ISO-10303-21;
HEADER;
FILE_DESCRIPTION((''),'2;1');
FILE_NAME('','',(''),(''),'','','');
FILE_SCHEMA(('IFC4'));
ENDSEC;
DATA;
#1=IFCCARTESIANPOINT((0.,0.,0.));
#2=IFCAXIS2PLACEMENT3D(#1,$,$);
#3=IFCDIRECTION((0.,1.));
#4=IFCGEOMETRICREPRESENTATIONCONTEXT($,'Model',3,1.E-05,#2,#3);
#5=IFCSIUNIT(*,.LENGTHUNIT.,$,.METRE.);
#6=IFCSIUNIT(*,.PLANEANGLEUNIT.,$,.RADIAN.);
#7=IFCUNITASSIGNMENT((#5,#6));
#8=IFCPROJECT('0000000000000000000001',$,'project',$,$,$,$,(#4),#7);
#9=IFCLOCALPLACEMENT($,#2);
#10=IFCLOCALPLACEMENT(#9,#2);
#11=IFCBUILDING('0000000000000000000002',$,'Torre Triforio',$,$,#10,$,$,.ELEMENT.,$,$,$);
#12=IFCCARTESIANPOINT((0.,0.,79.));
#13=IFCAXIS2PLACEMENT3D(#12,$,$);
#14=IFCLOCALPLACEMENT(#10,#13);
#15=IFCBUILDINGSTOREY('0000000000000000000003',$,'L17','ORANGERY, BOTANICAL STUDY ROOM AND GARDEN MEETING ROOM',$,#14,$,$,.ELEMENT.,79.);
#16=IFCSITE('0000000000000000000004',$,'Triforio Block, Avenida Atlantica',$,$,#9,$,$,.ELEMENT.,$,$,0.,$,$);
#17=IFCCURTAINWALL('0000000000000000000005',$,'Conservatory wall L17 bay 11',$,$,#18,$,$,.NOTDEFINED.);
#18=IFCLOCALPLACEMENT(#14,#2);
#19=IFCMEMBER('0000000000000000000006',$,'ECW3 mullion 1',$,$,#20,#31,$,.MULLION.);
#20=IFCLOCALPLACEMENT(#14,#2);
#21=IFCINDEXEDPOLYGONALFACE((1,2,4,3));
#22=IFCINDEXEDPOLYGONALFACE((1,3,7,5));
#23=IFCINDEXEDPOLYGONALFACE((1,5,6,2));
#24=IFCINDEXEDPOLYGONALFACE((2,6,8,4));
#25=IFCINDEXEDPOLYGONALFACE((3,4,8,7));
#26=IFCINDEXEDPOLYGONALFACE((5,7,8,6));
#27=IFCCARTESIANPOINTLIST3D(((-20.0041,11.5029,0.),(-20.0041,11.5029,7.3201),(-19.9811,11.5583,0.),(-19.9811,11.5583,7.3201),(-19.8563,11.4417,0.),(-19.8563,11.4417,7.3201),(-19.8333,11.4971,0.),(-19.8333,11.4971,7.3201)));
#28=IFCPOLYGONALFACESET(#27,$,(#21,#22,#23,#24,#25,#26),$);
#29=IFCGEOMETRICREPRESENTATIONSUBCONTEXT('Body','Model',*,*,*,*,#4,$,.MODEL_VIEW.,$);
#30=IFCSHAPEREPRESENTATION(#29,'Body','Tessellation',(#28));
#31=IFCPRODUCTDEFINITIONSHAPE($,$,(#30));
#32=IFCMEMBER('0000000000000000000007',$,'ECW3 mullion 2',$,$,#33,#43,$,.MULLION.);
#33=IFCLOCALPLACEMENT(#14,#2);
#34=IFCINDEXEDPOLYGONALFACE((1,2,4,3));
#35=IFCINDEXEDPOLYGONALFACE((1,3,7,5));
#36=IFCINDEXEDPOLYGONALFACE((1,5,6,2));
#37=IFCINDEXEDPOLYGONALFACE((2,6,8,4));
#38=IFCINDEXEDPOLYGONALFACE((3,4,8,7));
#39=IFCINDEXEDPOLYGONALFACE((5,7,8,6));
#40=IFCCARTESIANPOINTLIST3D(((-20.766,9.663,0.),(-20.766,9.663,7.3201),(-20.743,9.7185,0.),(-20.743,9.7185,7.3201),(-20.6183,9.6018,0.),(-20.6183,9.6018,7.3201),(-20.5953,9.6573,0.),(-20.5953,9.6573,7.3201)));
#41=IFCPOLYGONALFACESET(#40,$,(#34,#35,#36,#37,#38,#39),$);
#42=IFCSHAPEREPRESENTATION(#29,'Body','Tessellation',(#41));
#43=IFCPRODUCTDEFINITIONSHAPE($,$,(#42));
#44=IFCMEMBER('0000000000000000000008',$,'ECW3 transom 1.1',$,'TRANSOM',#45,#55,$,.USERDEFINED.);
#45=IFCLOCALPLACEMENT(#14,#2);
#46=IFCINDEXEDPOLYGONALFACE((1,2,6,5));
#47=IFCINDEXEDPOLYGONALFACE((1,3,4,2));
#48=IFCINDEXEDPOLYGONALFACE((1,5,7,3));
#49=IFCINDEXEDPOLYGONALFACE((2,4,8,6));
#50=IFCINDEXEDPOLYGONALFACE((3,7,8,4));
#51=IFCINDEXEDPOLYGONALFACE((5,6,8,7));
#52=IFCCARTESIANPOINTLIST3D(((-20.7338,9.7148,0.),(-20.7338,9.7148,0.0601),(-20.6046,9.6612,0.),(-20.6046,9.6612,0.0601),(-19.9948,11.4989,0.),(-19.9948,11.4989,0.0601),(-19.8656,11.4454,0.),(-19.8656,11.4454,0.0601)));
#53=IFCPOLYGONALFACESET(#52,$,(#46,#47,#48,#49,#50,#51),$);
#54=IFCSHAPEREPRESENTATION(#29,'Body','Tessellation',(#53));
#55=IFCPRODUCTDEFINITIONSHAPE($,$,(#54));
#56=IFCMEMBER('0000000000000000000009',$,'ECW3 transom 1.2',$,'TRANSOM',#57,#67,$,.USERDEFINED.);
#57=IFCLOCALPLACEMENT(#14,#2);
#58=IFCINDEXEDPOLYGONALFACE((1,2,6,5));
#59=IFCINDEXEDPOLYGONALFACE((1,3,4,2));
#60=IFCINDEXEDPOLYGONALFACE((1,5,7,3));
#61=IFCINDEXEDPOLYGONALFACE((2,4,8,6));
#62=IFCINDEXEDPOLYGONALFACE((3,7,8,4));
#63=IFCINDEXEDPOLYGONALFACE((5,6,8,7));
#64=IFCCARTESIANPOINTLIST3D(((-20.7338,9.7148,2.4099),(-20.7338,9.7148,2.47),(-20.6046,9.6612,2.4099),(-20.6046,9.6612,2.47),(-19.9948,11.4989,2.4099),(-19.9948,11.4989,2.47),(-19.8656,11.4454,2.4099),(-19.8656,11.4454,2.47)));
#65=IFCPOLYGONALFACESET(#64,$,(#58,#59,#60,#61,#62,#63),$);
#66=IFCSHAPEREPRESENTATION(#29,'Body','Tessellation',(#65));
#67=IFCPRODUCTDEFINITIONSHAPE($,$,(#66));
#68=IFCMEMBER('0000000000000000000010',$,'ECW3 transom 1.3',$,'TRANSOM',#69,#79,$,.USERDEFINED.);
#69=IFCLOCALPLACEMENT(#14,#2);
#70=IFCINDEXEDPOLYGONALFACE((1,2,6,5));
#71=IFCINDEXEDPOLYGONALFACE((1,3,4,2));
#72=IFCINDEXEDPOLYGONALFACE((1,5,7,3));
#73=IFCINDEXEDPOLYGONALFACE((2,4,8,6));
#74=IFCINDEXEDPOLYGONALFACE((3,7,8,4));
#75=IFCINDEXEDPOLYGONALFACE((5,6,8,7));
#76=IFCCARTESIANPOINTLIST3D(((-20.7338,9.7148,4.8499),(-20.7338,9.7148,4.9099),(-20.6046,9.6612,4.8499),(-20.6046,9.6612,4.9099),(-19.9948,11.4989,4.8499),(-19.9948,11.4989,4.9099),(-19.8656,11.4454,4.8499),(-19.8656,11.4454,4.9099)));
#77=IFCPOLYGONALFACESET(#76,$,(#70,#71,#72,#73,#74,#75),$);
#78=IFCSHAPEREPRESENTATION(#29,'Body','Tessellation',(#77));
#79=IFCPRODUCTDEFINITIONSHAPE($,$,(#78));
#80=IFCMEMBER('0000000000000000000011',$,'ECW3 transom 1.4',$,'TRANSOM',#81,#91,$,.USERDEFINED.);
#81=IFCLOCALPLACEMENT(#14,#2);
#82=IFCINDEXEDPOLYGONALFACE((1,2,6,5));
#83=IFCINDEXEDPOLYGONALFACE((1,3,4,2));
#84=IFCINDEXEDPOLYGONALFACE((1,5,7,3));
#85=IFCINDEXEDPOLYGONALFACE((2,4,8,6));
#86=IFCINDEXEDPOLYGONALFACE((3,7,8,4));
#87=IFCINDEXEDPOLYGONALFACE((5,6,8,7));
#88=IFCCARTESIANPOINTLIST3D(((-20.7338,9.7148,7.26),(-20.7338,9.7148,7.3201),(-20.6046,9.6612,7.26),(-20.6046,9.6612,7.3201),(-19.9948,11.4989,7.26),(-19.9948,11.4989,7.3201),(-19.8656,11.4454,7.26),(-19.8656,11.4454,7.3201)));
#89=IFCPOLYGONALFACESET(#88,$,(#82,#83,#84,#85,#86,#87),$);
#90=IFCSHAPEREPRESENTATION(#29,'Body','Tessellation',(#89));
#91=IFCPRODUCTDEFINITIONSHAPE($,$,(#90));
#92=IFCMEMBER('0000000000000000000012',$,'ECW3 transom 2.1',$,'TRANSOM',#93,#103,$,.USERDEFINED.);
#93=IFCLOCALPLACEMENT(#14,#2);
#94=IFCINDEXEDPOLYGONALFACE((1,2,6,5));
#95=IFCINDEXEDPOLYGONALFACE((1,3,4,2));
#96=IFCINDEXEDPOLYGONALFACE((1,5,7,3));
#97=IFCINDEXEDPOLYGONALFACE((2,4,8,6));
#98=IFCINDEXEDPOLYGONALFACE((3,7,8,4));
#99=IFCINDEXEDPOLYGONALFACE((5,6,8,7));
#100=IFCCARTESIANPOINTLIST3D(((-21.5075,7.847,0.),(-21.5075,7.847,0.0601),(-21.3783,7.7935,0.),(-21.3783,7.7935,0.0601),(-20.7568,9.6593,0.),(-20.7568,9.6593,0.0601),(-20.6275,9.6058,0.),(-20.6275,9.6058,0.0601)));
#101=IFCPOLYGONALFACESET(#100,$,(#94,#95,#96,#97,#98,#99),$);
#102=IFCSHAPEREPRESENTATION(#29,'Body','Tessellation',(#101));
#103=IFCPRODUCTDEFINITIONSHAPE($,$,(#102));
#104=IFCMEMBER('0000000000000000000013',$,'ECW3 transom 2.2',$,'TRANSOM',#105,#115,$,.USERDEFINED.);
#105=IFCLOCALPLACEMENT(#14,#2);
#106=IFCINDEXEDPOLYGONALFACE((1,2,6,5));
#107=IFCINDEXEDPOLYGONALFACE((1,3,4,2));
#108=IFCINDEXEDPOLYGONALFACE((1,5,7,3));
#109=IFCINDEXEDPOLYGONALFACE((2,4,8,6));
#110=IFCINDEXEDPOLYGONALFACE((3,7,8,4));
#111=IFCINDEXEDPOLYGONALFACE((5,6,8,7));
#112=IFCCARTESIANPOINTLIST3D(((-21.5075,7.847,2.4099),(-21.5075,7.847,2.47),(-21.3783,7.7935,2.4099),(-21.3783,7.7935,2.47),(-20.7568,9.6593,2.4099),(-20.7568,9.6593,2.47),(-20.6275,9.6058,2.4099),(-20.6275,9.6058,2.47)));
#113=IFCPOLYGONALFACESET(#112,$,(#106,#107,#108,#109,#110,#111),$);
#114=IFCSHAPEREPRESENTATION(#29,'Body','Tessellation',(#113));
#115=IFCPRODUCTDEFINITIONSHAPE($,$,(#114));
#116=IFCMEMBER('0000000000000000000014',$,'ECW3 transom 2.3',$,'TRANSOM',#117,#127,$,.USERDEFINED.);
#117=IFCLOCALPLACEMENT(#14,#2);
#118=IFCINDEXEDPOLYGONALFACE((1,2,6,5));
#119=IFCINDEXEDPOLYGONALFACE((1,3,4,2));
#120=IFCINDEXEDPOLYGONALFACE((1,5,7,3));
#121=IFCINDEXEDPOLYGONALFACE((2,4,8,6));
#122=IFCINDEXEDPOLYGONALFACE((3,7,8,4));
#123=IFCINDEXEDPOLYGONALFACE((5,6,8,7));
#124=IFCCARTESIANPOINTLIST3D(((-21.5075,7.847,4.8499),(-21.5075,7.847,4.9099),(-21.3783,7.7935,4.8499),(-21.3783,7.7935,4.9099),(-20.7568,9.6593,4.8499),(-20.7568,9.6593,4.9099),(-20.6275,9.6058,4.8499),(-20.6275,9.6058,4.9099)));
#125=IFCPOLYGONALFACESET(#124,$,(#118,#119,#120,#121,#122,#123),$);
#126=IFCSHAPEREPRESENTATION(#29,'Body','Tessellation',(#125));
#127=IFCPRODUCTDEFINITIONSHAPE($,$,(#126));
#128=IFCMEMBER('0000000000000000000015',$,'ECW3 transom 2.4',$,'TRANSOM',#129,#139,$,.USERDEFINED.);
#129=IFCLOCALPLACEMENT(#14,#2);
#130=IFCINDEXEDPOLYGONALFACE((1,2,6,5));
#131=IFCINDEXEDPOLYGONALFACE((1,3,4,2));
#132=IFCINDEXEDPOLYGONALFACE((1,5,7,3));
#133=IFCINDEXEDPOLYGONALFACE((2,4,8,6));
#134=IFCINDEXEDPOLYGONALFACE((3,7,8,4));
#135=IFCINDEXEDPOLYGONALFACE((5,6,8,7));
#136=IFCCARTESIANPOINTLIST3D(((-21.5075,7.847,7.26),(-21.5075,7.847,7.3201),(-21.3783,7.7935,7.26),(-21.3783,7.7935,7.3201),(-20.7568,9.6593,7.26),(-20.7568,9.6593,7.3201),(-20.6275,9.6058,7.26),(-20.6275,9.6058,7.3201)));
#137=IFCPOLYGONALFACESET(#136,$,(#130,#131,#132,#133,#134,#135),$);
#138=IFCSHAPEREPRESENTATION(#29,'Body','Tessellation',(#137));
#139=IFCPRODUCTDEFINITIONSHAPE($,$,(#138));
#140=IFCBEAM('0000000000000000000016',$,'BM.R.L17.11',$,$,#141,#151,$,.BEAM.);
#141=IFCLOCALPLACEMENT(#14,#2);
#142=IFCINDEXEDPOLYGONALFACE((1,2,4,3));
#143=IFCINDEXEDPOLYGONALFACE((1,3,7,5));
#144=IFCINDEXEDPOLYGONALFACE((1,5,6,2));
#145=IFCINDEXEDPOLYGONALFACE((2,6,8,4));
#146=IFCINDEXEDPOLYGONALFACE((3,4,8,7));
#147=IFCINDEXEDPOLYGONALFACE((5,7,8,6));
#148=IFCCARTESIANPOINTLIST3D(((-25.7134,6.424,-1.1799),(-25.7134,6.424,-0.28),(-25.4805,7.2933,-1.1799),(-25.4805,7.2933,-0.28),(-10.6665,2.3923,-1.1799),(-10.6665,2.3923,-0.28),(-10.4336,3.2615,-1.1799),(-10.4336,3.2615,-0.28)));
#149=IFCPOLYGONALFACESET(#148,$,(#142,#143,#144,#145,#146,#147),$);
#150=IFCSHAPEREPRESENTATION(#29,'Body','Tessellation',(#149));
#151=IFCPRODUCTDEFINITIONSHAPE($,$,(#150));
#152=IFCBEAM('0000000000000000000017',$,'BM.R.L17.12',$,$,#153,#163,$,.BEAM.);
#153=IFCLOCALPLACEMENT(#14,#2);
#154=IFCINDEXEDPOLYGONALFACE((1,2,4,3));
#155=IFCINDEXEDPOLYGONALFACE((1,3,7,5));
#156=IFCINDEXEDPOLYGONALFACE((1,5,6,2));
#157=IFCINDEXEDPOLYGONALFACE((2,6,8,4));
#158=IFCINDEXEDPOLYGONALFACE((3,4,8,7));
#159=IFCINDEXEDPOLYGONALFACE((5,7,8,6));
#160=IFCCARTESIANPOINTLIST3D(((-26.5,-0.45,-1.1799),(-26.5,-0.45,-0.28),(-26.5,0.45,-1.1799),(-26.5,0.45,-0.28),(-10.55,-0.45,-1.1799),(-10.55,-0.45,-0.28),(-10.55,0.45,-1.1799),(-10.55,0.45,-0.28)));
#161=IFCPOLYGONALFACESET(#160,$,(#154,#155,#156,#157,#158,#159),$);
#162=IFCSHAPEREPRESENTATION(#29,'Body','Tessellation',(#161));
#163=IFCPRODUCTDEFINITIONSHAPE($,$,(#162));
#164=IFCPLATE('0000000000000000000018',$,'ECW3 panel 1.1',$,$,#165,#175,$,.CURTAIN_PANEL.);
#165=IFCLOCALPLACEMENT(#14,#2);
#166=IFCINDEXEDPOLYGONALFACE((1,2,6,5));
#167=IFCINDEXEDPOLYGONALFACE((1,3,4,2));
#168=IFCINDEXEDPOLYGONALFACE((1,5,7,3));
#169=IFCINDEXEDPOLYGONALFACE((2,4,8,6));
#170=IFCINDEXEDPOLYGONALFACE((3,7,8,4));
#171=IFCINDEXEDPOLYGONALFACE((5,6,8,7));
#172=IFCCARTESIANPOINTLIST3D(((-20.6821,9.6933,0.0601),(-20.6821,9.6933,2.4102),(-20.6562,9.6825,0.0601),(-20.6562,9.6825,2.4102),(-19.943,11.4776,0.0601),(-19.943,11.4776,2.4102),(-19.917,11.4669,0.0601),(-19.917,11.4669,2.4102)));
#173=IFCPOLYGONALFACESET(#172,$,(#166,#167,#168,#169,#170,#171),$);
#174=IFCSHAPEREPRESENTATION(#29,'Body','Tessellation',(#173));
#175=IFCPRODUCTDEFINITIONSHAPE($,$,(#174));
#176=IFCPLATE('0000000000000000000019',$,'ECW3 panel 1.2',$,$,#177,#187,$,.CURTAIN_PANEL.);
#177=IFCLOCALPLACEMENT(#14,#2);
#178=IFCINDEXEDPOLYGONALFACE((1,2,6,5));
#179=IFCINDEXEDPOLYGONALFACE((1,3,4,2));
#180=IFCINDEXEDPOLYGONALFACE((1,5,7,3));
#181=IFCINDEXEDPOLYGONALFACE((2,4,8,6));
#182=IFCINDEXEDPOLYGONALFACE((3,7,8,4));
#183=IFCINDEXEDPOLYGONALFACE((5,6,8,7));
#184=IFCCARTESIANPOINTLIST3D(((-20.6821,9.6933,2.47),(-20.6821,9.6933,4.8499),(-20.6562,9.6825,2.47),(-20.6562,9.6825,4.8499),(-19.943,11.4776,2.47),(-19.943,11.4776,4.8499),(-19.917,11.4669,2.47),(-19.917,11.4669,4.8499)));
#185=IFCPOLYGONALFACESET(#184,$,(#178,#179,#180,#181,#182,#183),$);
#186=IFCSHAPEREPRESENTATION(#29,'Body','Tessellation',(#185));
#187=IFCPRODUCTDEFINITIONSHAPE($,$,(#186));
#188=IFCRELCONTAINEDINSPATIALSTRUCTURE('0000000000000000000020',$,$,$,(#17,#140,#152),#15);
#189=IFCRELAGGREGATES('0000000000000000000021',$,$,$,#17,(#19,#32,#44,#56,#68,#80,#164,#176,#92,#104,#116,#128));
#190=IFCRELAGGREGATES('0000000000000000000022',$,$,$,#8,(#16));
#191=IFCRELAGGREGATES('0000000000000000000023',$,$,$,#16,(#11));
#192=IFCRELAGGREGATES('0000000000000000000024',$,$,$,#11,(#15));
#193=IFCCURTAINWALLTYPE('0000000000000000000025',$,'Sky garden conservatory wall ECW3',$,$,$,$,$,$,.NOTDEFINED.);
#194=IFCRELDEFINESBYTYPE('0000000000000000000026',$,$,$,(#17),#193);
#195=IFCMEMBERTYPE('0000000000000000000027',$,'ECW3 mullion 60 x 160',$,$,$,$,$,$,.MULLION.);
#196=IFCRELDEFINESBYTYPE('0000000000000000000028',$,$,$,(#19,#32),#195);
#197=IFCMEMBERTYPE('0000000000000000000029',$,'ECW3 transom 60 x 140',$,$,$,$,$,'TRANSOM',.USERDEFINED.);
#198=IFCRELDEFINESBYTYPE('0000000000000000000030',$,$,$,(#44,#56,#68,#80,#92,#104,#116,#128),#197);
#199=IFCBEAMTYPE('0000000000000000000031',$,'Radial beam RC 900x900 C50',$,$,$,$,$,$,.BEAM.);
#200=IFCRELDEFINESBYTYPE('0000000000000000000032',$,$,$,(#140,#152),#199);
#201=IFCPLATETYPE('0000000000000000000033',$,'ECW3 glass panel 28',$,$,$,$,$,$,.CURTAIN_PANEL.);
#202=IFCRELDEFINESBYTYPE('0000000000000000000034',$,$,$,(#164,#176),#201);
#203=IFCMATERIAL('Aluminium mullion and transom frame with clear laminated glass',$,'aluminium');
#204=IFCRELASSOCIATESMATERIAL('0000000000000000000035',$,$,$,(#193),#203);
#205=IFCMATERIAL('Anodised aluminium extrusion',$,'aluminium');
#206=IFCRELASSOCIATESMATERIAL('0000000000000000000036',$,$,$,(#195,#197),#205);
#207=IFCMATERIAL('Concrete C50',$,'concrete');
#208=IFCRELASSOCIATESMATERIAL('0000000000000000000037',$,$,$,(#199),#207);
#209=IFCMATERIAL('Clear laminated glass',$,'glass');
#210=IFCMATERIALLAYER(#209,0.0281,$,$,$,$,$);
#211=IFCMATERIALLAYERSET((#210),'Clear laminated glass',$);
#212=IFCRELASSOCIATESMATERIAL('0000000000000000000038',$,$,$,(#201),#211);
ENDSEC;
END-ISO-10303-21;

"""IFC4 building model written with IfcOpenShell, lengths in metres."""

from ifc_helpers import new_model, si_unit, direction, frame, origin, origin_2d, place, context, subcontext, project, spatial, rectangle, extrude, material, layer, layer_set, material_profile, profile_set, type_object, element, aggregate, save


model = new_model("IFC4")

# Units and contexts
model_context = context("Model", 3, precision=1e-05, world=origin(), true_north=direction((0.0, 1.0)))
body_context = subcontext(model_context, "Body", "Model", "MODEL_VIEW")
ifc_project = project(units=[si_unit("LENGTHUNIT", "METRE"), si_unit("PLANEANGLEUNIT", "RADIAN")], contexts=[model_context])

# Site, building, storey
site_placement = place(None, origin())
site = spatial("IfcSite", under=ifc_project, at=site_placement, Name="Triforio Block, Avenida Atlantica", CompositionType="ELEMENT", RefElevation=0.0)
building_placement = place(site_placement, origin())
building = spatial("IfcBuilding", under=site, at=building_placement, Name="Torre Triforio", CompositionType="ELEMENT")
storey_placement = place(building_placement, frame((0.0, 0.0, 79.0)))
storey = spatial("IfcBuildingStorey", under=building, at=storey_placement, Name="L17", Description="ORANGERY, BOTANICAL STUDY ROOM AND GARDEN MEETING ROOM", CompositionType="ELEMENT", Elevation=79.0)

# Curtain wall, members
ifc_material_1 = material(Name="Aluminium mullion and transom frame with clear laminated glass", Category="aluminium")
curtain_wall_type = type_object("IfcCurtainWallType", Name="Sky garden conservatory wall ECW3", PredefinedType="NOTDEFINED", material=ifc_material_1)
curtain_wall_placement = place(storey_placement, origin())
curtain_wall = element("IfcCurtainWall", 1, at=curtain_wall_placement, inside=storey, type_object=curtain_wall_type, Name="Conservatory wall L17 bay 11", PredefinedType="NOTDEFINED")
ifc_material_2 = material(Name="Anodised aluminium extrusion", Category="aluminium")
ifc_material_profile_1 = material_profile(ifc_material_2, rectangle(XDim=0.1599, YDim=0.0601, at=origin_2d()), Name="ECW3 MULLION 60x160")
ifc_profile_set_1 = profile_set([ifc_material_profile_1], Name="Anodised aluminium extrusion")
member_type_1 = type_object("IfcMemberType", Name="ECW3 mullion 60 x 160", PredefinedType="MULLION", material=ifc_profile_set_1)
member_1_placement = place(storey_placement, frame((-19.9187, 11.5, 0.0), z_axis=(0.0, 0.0, 1.0), x_axis=(0.923878, -0.382687, 0.0)))
member_1 = element("IfcMember", 2, at=member_1_placement, type_object=member_type_1, Name="ECW3 mullion 1", PredefinedType="MULLION", context=body_context, shape_type="SweptSolid", body=[
    extrude(rectangle(XDim=0.1599, YDim=0.0601, at=origin_2d()), origin(), (0.0, 0.0, 1.0), 7.3201),
])
member_2_placement = place(storey_placement, frame((-20.6807, 9.6602, 0.0), z_axis=(0.0, 0.0, 1.0), x_axis=(0.923878, -0.382687, 0.0)))
member_2 = element("IfcMember", 3, at=member_2_placement, type_object=member_type_1, Name="ECW3 mullion 2", PredefinedType="MULLION", context=body_context, shape_type="SweptSolid", body=[
    extrude(rectangle(XDim=0.1599, YDim=0.0601, at=origin_2d()), origin(), (0.0, 0.0, 1.0), 7.3201),
])
ifc_material_profile_2 = material_profile(ifc_material_2, rectangle(XDim=0.1399, YDim=0.0601, at=origin_2d()), Name="ECW3 TRANSOM 60x140")
ifc_profile_set_2 = profile_set([ifc_material_profile_2], Name="Anodised aluminium extrusion")
member_type_2 = type_object("IfcMemberType", Name="ECW3 transom 60 x 140", ElementType="TRANSOM", PredefinedType="USERDEFINED", material=ifc_profile_set_2)
member_3_placement = place(storey_placement, frame((-19.9302, 11.4722, 0.03), z_axis=(-0.382676, -0.923883, 0.0), x_axis=(0.923883, -0.382676, 0.0)))
member_3 = element("IfcMember", 4, at=member_3_placement, type_object=member_type_2, Name="ECW3 transom 1.1", ObjectType="TRANSOM", PredefinedType="USERDEFINED", context=body_context, shape_type="SweptSolid", body=[
    extrude(rectangle(XDim=0.1399, YDim=0.0601, at=origin_2d()), origin(), (0.0, 0.0, 1.0), 1.9312),
])
member_4_placement = place(storey_placement, frame((-19.9302, 11.4722, 2.4399), z_axis=(-0.382676, -0.923883, 0.0), x_axis=(0.923883, -0.382676, 0.0)))
member_4 = element("IfcMember", 5, at=member_4_placement, type_object=member_type_2, Name="ECW3 transom 1.2", ObjectType="TRANSOM", PredefinedType="USERDEFINED", context=body_context, shape_type="SweptSolid", body=[
    extrude(rectangle(XDim=0.1399, YDim=0.0601, at=origin_2d()), origin(), (0.0, 0.0, 1.0), 1.9312),
])
member_5_placement = place(storey_placement, frame((-19.9302, 11.4722, 4.8799), z_axis=(-0.382676, -0.923883, 0.0), x_axis=(0.923883, -0.382676, 0.0)))
member_5 = element("IfcMember", 6, at=member_5_placement, type_object=member_type_2, Name="ECW3 transom 1.3", ObjectType="TRANSOM", PredefinedType="USERDEFINED", context=body_context, shape_type="SweptSolid", body=[
    extrude(rectangle(XDim=0.1399, YDim=0.0601, at=origin_2d()), origin(), (0.0, 0.0, 1.0), 1.9312),
])
member_6_placement = place(storey_placement, frame((-19.9302, 11.4722, 7.29), z_axis=(-0.382676, -0.923883, 0.0), x_axis=(0.923883, -0.382676, 0.0)))
member_6 = element("IfcMember", 7, at=member_6_placement, type_object=member_type_2, Name="ECW3 transom 1.4", ObjectType="TRANSOM", PredefinedType="USERDEFINED", context=body_context, shape_type="SweptSolid", body=[
    extrude(rectangle(XDim=0.1399, YDim=0.0601, at=origin_2d()), origin(), (0.0, 0.0, 1.0), 1.9312),
])
member_7_placement = place(storey_placement, frame((-20.6921, 9.6326, 0.03), z_axis=(-0.382715, -0.923867, 0.0), x_axis=(0.923867, -0.382715, 0.0)))
member_7 = element("IfcMember", 8, at=member_7_placement, type_object=member_type_2, Name="ECW3 transom 2.1", ObjectType="TRANSOM", PredefinedType="USERDEFINED", context=body_context, shape_type="SweptSolid", body=[
    extrude(rectangle(XDim=0.1399, YDim=0.0601, at=origin_2d()), origin(), (0.0, 0.0, 1.0), 1.9617),
])
member_8_placement = place(storey_placement, frame((-20.6921, 9.6326, 2.4399), z_axis=(-0.382715, -0.923867, 0.0), x_axis=(0.923867, -0.382715, 0.0)))
member_8 = element("IfcMember", 9, at=member_8_placement, type_object=member_type_2, Name="ECW3 transom 2.2", ObjectType="TRANSOM", PredefinedType="USERDEFINED", context=body_context, shape_type="SweptSolid", body=[
    extrude(rectangle(XDim=0.1399, YDim=0.0601, at=origin_2d()), origin(), (0.0, 0.0, 1.0), 1.9617),
])
member_9_placement = place(storey_placement, frame((-20.6921, 9.6326, 4.8799), z_axis=(-0.382715, -0.923867, 0.0), x_axis=(0.923867, -0.382715, 0.0)))
member_9 = element("IfcMember", 10, at=member_9_placement, type_object=member_type_2, Name="ECW3 transom 2.3", ObjectType="TRANSOM", PredefinedType="USERDEFINED", context=body_context, shape_type="SweptSolid", body=[
    extrude(rectangle(XDim=0.1399, YDim=0.0601, at=origin_2d()), origin(), (0.0, 0.0, 1.0), 1.9617),
])
member_10_placement = place(storey_placement, frame((-20.6921, 9.6326, 7.29), z_axis=(-0.382715, -0.923867, 0.0), x_axis=(0.923867, -0.382715, 0.0)))
member_10 = element("IfcMember", 11, at=member_10_placement, type_object=member_type_2, Name="ECW3 transom 2.4", ObjectType="TRANSOM", PredefinedType="USERDEFINED", context=body_context, shape_type="SweptSolid", body=[
    extrude(rectangle(XDim=0.1399, YDim=0.0601, at=origin_2d()), origin(), (0.0, 0.0, 1.0), 1.9617),
])

# Beams
ifc_material_3 = material(Name="Concrete C50", Category="concrete")
ifc_material_profile_3 = material_profile(ifc_material_3, rectangle(XDim=0.8999, YDim=0.8999, at=origin_2d()), Name="RC 900x900")
ifc_profile_set_3 = profile_set([ifc_material_profile_3], Name="Concrete C50")
beam_type = type_object("IfcBeamType", Name="Radial beam RC 900x900 C50", PredefinedType="BEAM", material=ifc_profile_set_3)
beam_1_placement = place(storey_placement, frame((-10.55, 2.8269, -0.73), z_axis=(-0.965927, 0.258815, 0.0), x_axis=(-0.258815, -0.965927, 0.0)))
element("IfcBeam", 12, at=beam_1_placement, inside=storey, type_object=beam_type, Name="BM.R.L17.11", PredefinedType="BEAM", context=body_context, shape_type="SweptSolid", body=[
    extrude(rectangle(XDim=0.8999, YDim=0.8999, at=origin_2d()), origin(), (0.0, 0.0, 1.0), 15.5776),
])
beam_2_placement = place(storey_placement, frame((-10.55, 0.0, -0.73), z_axis=(-1.0, 0.0, 0.0), x_axis=(0.0, -1.0, 0.0)))
element("IfcBeam", 13, at=beam_2_placement, inside=storey, type_object=beam_type, Name="BM.R.L17.12", PredefinedType="BEAM", context=body_context, shape_type="SweptSolid", body=[
    extrude(rectangle(XDim=0.8999, YDim=0.8999, at=origin_2d()), origin(), (0.0, 0.0, 1.0), 15.95),
])

# Plates
ifc_material_4 = material(Name="Clear laminated glass", Category="glass")
ifc_layer_1 = layer(ifc_material_4, 0.0281)
ifc_layer_set_1 = layer_set([ifc_layer_1], Name="Clear laminated glass")
plate_type = type_object("IfcPlateType", Name="ECW3 glass panel 28", PredefinedType="CURTAIN_PANEL", material=ifc_layer_set_1)
plate_1_placement = place(storey_placement, frame((-20.2996, 10.5801, 0.0601), z_axis=(0.0, 0.0, 1.0), x_axis=(-0.382687, -0.923878, 0.0)))
plate_1 = element("IfcPlate", 14, at=plate_1_placement, type_object=plate_type, Name="ECW3 panel 1.1", PredefinedType="CURTAIN_PANEL", context=body_context, shape_type="SweptSolid", body=[
    extrude(rectangle(XDim=1.9314, YDim=0.0281, at=origin_2d()), origin(), (0.0, 0.0, 1.0), 2.3501),
])
plate_2_placement = place(storey_placement, frame((-20.2996, 10.5801, 2.47), z_axis=(0.0, 0.0, 1.0), x_axis=(-0.382687, -0.923878, 0.0)))
plate_2 = element("IfcPlate", 15, at=plate_2_placement, type_object=plate_type, Name="ECW3 panel 1.2", PredefinedType="CURTAIN_PANEL", context=body_context, shape_type="SweptSolid", body=[
    extrude(rectangle(XDim=1.9314, YDim=0.0281, at=origin_2d()), origin(), (0.0, 0.0, 1.0), 2.3799),
])
aggregate(curtain_wall, [member_1, member_2, member_3, member_4, member_5, member_6, plate_1, plate_2, member_7, member_8, member_9, member_10])

save(model, "model.ifc")
